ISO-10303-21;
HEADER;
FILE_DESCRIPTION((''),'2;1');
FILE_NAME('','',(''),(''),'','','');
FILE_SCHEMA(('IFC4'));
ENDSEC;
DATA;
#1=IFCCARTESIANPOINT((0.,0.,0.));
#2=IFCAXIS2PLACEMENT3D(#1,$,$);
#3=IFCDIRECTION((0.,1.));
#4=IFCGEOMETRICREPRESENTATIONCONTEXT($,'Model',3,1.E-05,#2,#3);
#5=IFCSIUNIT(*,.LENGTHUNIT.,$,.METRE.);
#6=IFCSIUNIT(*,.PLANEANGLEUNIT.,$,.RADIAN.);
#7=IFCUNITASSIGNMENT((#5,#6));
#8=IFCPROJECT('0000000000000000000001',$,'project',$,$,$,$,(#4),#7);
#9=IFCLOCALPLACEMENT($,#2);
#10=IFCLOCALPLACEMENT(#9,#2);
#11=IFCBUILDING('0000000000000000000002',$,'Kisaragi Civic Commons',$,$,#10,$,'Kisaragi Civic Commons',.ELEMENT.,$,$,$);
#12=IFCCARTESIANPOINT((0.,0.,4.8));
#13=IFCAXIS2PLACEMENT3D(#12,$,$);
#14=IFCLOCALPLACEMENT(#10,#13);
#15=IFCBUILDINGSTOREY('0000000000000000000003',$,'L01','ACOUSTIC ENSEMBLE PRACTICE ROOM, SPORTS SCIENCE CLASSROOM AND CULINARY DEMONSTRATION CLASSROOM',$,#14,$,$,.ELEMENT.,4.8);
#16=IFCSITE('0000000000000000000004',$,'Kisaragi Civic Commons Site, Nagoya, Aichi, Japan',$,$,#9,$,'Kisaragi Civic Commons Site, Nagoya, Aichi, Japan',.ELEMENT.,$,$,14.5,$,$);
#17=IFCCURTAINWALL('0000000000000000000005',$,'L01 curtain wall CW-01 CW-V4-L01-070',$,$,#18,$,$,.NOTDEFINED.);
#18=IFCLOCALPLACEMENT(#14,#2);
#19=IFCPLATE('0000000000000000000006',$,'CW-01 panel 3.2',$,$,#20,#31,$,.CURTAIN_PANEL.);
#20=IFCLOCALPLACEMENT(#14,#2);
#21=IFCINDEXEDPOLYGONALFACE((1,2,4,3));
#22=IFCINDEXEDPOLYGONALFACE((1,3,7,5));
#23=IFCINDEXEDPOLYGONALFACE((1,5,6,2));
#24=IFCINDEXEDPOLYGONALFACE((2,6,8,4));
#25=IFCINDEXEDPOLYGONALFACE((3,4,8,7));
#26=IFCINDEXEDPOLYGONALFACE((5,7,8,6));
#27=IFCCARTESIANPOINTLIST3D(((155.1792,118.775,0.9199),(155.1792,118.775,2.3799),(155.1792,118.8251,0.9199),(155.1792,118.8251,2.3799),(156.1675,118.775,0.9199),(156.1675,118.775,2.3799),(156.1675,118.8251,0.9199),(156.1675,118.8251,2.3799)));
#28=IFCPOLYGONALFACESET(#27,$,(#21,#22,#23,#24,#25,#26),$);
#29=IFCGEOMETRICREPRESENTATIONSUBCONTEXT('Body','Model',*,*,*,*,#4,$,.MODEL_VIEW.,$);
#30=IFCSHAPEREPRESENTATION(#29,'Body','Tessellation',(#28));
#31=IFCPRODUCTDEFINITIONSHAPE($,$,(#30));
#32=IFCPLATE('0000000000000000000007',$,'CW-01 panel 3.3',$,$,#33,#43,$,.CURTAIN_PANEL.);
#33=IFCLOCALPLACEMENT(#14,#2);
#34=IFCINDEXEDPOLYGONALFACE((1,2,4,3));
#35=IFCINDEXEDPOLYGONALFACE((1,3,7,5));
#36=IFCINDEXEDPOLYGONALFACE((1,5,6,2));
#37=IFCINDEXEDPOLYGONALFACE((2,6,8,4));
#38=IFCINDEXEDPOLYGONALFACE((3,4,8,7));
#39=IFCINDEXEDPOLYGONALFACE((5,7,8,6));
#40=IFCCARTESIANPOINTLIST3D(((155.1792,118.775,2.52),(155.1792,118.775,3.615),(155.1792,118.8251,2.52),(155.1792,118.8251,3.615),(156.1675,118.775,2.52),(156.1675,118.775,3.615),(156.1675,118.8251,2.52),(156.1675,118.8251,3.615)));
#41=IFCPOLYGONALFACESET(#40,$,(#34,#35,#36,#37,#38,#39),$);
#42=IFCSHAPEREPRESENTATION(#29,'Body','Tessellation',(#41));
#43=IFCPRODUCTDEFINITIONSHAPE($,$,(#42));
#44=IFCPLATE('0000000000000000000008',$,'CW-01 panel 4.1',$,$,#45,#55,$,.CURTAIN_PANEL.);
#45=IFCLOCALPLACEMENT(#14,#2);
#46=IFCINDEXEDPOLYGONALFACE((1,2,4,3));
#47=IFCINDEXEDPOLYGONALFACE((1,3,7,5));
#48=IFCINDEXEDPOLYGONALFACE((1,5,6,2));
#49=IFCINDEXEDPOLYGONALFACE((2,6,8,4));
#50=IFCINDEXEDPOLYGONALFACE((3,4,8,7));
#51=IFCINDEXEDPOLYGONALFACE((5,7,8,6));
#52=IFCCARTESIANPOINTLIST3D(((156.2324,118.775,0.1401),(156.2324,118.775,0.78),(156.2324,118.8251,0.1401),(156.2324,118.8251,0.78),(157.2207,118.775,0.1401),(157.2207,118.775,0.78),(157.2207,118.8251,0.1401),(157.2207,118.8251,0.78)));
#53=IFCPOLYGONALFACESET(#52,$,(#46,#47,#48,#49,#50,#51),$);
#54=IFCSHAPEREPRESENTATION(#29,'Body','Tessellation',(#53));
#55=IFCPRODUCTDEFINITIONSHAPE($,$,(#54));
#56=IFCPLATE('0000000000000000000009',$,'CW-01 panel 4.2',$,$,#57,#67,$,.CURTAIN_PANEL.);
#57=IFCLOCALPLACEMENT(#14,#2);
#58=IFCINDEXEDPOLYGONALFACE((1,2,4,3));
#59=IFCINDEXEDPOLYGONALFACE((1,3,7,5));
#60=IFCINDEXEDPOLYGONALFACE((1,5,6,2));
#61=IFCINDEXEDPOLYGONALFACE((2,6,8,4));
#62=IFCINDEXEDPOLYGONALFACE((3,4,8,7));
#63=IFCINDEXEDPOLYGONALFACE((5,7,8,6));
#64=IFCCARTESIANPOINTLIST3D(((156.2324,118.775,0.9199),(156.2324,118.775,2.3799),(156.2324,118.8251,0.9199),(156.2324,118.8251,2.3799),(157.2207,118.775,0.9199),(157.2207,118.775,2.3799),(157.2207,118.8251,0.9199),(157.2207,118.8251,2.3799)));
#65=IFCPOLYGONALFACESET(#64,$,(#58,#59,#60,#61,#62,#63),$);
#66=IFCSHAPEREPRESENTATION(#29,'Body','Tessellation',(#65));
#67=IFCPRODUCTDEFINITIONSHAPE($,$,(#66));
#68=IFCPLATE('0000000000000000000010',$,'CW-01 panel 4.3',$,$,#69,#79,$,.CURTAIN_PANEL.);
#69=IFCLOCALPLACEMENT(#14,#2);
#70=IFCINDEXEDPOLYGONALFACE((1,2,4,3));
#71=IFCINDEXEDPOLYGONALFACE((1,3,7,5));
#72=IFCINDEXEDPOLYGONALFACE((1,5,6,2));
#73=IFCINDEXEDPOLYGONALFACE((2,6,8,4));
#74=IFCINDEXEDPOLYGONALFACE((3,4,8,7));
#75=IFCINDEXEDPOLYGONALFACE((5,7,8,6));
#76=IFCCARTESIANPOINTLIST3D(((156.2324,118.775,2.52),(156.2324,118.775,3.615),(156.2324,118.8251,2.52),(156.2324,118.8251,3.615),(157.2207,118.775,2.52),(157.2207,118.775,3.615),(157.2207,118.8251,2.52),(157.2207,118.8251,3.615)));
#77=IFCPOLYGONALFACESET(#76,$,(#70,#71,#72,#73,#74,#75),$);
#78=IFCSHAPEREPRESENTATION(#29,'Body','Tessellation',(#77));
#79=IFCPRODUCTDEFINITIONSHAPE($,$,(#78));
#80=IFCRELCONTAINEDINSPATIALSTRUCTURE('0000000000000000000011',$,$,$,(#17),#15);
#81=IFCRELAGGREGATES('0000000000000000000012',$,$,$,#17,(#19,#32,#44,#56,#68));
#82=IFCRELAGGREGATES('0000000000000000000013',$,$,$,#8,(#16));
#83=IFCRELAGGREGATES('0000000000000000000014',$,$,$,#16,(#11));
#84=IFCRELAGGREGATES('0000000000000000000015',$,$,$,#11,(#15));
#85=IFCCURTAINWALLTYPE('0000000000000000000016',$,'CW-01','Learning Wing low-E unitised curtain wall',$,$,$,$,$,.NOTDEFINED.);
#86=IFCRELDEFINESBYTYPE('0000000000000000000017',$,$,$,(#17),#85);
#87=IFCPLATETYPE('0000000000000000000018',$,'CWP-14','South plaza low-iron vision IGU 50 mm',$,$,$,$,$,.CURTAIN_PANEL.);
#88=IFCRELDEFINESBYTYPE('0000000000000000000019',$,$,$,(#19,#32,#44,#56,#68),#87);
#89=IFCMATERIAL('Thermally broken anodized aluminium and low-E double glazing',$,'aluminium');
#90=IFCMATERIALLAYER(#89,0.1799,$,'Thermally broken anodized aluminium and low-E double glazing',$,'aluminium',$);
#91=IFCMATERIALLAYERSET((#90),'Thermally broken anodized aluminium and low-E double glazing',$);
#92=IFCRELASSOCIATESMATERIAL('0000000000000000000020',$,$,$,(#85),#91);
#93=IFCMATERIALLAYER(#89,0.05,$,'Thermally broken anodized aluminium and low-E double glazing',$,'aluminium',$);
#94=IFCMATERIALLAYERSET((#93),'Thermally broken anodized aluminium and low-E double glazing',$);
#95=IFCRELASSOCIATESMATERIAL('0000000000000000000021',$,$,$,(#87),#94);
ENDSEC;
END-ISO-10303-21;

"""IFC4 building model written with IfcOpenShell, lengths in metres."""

from ifc_helpers import new_model, si_unit, direction, frame, origin, origin_2d, place, context, subcontext, project, spatial, rectangle, extrude, material, layer, layer_set, type_object, element, aggregate, save


model = new_model("IFC4")

# Units and contexts
model_context = context("Model", 3, precision=1e-05, world=origin(), true_north=direction((0.0, 1.0)))
body_context = subcontext(model_context, "Body", "Model", "MODEL_VIEW")
ifc_project = project(units=[si_unit("LENGTHUNIT", "METRE"), si_unit("PLANEANGLEUNIT", "RADIAN")], contexts=[model_context])

# Site, building, storey
site_placement = place(None, origin())
site = spatial("IfcSite", under=ifc_project, at=site_placement, Name="Kisaragi Civic Commons Site, Nagoya, Aichi, Japan", LongName="Kisaragi Civic Commons Site, Nagoya, Aichi, Japan", CompositionType="ELEMENT", RefElevation=14.5)
building_placement = place(site_placement, origin())
building = spatial("IfcBuilding", under=site, at=building_placement, Name="Kisaragi Civic Commons", LongName="Kisaragi Civic Commons", CompositionType="ELEMENT")
storey_placement = place(building_placement, frame((0.0, 0.0, 4.8)))
storey = spatial("IfcBuildingStorey", under=building, at=storey_placement, Name="L01", Description="ACOUSTIC ENSEMBLE PRACTICE ROOM, SPORTS SCIENCE CLASSROOM AND CULINARY DEMONSTRATION CLASSROOM", CompositionType="ELEMENT", Elevation=4.8)

# Curtain wall, plates
ifc_material = material(Name="Thermally broken anodized aluminium and low-E double glazing", Category="aluminium")
ifc_layer_1 = layer(ifc_material, 0.1799, Name="Thermally broken anodized aluminium and low-E double glazing", Category="aluminium")
ifc_layer_set_1 = layer_set([ifc_layer_1], Name="Thermally broken anodized aluminium and low-E double glazing")
curtain_wall_type = type_object("IfcCurtainWallType", Name="CW-01", Description="Learning Wing low-E unitised curtain wall", PredefinedType="NOTDEFINED", material=ifc_layer_set_1)
curtain_wall_placement = place(storey_placement, origin())
curtain_wall = element("IfcCurtainWall", 1, at=curtain_wall_placement, inside=storey, type_object=curtain_wall_type, Name="L01 curtain wall CW-01 CW-V4-L01-070", PredefinedType="NOTDEFINED")
ifc_layer_2 = layer(ifc_material, 0.05, Name="Thermally broken anodized aluminium and low-E double glazing", Category="aluminium")
ifc_layer_set_2 = layer_set([ifc_layer_2], Name="Thermally broken anodized aluminium and low-E double glazing")
plate_type = type_object("IfcPlateType", Name="CWP-14", Description="South plaza low-iron vision IGU 50 mm", PredefinedType="CURTAIN_PANEL", material=ifc_layer_set_2)
plate_1_placement = place(storey_placement, frame((155.6733, 118.8, 0.9199), z_axis=(0.0, 0.0, 1.0), x_axis=(1.0, 0.0, 0.0)))
plate_1 = element("IfcPlate", 2, at=plate_1_placement, type_object=plate_type, Name="CW-01 panel 3.2", PredefinedType="CURTAIN_PANEL", context=body_context, shape_type="SweptSolid", body=[
    extrude(rectangle(XDim=0.9883, YDim=0.05, at=origin_2d()), origin(), (0.0, 0.0, 1.0), 1.46),
])
plate_2_placement = place(storey_placement, frame((155.6733, 118.8, 2.52), z_axis=(0.0, 0.0, 1.0), x_axis=(1.0, 0.0, 0.0)))
plate_2 = element("IfcPlate", 3, at=plate_2_placement, type_object=plate_type, Name="CW-01 panel 3.3", PredefinedType="CURTAIN_PANEL", context=body_context, shape_type="SweptSolid", body=[
    extrude(rectangle(XDim=0.9883, YDim=0.05, at=origin_2d()), origin(), (0.0, 0.0, 1.0), 1.095),
])
plate_3_placement = place(storey_placement, frame((156.7266, 118.8, 0.1401), z_axis=(0.0, 0.0, 1.0), x_axis=(1.0, 0.0, 0.0)))
plate_3 = element("IfcPlate", 4, at=plate_3_placement, type_object=plate_type, Name="CW-01 panel 4.1", PredefinedType="CURTAIN_PANEL", context=body_context, shape_type="SweptSolid", body=[
    extrude(rectangle(XDim=0.9883, YDim=0.05, at=origin_2d()), origin(), (0.0, 0.0, 1.0), 0.6399),
])
plate_4_placement = place(storey_placement, frame((156.7266, 118.8, 0.9199), z_axis=(0.0, 0.0, 1.0), x_axis=(1.0, 0.0, 0.0)))
plate_4 = element("IfcPlate", 5, at=plate_4_placement, type_object=plate_type, Name="CW-01 panel 4.2", PredefinedType="CURTAIN_PANEL", context=body_context, shape_type="SweptSolid", body=[
    extrude(rectangle(XDim=0.9883, YDim=0.05, at=origin_2d()), origin(), (0.0, 0.0, 1.0), 1.46),
])
plate_5_placement = place(storey_placement, frame((156.7266, 118.8, 2.52), z_axis=(0.0, 0.0, 1.0), x_axis=(1.0, 0.0, 0.0)))
plate_5 = element("IfcPlate", 6, at=plate_5_placement, type_object=plate_type, Name="CW-01 panel 4.3", PredefinedType="CURTAIN_PANEL", context=body_context, shape_type="SweptSolid", body=[
    extrude(rectangle(XDim=0.9883, YDim=0.05, at=origin_2d()), origin(), (0.0, 0.0, 1.0), 1.095),
])
aggregate(curtain_wall, [plate_1, plate_2, plate_3, plate_4, plate_5])

save(model, "model.ifc")
